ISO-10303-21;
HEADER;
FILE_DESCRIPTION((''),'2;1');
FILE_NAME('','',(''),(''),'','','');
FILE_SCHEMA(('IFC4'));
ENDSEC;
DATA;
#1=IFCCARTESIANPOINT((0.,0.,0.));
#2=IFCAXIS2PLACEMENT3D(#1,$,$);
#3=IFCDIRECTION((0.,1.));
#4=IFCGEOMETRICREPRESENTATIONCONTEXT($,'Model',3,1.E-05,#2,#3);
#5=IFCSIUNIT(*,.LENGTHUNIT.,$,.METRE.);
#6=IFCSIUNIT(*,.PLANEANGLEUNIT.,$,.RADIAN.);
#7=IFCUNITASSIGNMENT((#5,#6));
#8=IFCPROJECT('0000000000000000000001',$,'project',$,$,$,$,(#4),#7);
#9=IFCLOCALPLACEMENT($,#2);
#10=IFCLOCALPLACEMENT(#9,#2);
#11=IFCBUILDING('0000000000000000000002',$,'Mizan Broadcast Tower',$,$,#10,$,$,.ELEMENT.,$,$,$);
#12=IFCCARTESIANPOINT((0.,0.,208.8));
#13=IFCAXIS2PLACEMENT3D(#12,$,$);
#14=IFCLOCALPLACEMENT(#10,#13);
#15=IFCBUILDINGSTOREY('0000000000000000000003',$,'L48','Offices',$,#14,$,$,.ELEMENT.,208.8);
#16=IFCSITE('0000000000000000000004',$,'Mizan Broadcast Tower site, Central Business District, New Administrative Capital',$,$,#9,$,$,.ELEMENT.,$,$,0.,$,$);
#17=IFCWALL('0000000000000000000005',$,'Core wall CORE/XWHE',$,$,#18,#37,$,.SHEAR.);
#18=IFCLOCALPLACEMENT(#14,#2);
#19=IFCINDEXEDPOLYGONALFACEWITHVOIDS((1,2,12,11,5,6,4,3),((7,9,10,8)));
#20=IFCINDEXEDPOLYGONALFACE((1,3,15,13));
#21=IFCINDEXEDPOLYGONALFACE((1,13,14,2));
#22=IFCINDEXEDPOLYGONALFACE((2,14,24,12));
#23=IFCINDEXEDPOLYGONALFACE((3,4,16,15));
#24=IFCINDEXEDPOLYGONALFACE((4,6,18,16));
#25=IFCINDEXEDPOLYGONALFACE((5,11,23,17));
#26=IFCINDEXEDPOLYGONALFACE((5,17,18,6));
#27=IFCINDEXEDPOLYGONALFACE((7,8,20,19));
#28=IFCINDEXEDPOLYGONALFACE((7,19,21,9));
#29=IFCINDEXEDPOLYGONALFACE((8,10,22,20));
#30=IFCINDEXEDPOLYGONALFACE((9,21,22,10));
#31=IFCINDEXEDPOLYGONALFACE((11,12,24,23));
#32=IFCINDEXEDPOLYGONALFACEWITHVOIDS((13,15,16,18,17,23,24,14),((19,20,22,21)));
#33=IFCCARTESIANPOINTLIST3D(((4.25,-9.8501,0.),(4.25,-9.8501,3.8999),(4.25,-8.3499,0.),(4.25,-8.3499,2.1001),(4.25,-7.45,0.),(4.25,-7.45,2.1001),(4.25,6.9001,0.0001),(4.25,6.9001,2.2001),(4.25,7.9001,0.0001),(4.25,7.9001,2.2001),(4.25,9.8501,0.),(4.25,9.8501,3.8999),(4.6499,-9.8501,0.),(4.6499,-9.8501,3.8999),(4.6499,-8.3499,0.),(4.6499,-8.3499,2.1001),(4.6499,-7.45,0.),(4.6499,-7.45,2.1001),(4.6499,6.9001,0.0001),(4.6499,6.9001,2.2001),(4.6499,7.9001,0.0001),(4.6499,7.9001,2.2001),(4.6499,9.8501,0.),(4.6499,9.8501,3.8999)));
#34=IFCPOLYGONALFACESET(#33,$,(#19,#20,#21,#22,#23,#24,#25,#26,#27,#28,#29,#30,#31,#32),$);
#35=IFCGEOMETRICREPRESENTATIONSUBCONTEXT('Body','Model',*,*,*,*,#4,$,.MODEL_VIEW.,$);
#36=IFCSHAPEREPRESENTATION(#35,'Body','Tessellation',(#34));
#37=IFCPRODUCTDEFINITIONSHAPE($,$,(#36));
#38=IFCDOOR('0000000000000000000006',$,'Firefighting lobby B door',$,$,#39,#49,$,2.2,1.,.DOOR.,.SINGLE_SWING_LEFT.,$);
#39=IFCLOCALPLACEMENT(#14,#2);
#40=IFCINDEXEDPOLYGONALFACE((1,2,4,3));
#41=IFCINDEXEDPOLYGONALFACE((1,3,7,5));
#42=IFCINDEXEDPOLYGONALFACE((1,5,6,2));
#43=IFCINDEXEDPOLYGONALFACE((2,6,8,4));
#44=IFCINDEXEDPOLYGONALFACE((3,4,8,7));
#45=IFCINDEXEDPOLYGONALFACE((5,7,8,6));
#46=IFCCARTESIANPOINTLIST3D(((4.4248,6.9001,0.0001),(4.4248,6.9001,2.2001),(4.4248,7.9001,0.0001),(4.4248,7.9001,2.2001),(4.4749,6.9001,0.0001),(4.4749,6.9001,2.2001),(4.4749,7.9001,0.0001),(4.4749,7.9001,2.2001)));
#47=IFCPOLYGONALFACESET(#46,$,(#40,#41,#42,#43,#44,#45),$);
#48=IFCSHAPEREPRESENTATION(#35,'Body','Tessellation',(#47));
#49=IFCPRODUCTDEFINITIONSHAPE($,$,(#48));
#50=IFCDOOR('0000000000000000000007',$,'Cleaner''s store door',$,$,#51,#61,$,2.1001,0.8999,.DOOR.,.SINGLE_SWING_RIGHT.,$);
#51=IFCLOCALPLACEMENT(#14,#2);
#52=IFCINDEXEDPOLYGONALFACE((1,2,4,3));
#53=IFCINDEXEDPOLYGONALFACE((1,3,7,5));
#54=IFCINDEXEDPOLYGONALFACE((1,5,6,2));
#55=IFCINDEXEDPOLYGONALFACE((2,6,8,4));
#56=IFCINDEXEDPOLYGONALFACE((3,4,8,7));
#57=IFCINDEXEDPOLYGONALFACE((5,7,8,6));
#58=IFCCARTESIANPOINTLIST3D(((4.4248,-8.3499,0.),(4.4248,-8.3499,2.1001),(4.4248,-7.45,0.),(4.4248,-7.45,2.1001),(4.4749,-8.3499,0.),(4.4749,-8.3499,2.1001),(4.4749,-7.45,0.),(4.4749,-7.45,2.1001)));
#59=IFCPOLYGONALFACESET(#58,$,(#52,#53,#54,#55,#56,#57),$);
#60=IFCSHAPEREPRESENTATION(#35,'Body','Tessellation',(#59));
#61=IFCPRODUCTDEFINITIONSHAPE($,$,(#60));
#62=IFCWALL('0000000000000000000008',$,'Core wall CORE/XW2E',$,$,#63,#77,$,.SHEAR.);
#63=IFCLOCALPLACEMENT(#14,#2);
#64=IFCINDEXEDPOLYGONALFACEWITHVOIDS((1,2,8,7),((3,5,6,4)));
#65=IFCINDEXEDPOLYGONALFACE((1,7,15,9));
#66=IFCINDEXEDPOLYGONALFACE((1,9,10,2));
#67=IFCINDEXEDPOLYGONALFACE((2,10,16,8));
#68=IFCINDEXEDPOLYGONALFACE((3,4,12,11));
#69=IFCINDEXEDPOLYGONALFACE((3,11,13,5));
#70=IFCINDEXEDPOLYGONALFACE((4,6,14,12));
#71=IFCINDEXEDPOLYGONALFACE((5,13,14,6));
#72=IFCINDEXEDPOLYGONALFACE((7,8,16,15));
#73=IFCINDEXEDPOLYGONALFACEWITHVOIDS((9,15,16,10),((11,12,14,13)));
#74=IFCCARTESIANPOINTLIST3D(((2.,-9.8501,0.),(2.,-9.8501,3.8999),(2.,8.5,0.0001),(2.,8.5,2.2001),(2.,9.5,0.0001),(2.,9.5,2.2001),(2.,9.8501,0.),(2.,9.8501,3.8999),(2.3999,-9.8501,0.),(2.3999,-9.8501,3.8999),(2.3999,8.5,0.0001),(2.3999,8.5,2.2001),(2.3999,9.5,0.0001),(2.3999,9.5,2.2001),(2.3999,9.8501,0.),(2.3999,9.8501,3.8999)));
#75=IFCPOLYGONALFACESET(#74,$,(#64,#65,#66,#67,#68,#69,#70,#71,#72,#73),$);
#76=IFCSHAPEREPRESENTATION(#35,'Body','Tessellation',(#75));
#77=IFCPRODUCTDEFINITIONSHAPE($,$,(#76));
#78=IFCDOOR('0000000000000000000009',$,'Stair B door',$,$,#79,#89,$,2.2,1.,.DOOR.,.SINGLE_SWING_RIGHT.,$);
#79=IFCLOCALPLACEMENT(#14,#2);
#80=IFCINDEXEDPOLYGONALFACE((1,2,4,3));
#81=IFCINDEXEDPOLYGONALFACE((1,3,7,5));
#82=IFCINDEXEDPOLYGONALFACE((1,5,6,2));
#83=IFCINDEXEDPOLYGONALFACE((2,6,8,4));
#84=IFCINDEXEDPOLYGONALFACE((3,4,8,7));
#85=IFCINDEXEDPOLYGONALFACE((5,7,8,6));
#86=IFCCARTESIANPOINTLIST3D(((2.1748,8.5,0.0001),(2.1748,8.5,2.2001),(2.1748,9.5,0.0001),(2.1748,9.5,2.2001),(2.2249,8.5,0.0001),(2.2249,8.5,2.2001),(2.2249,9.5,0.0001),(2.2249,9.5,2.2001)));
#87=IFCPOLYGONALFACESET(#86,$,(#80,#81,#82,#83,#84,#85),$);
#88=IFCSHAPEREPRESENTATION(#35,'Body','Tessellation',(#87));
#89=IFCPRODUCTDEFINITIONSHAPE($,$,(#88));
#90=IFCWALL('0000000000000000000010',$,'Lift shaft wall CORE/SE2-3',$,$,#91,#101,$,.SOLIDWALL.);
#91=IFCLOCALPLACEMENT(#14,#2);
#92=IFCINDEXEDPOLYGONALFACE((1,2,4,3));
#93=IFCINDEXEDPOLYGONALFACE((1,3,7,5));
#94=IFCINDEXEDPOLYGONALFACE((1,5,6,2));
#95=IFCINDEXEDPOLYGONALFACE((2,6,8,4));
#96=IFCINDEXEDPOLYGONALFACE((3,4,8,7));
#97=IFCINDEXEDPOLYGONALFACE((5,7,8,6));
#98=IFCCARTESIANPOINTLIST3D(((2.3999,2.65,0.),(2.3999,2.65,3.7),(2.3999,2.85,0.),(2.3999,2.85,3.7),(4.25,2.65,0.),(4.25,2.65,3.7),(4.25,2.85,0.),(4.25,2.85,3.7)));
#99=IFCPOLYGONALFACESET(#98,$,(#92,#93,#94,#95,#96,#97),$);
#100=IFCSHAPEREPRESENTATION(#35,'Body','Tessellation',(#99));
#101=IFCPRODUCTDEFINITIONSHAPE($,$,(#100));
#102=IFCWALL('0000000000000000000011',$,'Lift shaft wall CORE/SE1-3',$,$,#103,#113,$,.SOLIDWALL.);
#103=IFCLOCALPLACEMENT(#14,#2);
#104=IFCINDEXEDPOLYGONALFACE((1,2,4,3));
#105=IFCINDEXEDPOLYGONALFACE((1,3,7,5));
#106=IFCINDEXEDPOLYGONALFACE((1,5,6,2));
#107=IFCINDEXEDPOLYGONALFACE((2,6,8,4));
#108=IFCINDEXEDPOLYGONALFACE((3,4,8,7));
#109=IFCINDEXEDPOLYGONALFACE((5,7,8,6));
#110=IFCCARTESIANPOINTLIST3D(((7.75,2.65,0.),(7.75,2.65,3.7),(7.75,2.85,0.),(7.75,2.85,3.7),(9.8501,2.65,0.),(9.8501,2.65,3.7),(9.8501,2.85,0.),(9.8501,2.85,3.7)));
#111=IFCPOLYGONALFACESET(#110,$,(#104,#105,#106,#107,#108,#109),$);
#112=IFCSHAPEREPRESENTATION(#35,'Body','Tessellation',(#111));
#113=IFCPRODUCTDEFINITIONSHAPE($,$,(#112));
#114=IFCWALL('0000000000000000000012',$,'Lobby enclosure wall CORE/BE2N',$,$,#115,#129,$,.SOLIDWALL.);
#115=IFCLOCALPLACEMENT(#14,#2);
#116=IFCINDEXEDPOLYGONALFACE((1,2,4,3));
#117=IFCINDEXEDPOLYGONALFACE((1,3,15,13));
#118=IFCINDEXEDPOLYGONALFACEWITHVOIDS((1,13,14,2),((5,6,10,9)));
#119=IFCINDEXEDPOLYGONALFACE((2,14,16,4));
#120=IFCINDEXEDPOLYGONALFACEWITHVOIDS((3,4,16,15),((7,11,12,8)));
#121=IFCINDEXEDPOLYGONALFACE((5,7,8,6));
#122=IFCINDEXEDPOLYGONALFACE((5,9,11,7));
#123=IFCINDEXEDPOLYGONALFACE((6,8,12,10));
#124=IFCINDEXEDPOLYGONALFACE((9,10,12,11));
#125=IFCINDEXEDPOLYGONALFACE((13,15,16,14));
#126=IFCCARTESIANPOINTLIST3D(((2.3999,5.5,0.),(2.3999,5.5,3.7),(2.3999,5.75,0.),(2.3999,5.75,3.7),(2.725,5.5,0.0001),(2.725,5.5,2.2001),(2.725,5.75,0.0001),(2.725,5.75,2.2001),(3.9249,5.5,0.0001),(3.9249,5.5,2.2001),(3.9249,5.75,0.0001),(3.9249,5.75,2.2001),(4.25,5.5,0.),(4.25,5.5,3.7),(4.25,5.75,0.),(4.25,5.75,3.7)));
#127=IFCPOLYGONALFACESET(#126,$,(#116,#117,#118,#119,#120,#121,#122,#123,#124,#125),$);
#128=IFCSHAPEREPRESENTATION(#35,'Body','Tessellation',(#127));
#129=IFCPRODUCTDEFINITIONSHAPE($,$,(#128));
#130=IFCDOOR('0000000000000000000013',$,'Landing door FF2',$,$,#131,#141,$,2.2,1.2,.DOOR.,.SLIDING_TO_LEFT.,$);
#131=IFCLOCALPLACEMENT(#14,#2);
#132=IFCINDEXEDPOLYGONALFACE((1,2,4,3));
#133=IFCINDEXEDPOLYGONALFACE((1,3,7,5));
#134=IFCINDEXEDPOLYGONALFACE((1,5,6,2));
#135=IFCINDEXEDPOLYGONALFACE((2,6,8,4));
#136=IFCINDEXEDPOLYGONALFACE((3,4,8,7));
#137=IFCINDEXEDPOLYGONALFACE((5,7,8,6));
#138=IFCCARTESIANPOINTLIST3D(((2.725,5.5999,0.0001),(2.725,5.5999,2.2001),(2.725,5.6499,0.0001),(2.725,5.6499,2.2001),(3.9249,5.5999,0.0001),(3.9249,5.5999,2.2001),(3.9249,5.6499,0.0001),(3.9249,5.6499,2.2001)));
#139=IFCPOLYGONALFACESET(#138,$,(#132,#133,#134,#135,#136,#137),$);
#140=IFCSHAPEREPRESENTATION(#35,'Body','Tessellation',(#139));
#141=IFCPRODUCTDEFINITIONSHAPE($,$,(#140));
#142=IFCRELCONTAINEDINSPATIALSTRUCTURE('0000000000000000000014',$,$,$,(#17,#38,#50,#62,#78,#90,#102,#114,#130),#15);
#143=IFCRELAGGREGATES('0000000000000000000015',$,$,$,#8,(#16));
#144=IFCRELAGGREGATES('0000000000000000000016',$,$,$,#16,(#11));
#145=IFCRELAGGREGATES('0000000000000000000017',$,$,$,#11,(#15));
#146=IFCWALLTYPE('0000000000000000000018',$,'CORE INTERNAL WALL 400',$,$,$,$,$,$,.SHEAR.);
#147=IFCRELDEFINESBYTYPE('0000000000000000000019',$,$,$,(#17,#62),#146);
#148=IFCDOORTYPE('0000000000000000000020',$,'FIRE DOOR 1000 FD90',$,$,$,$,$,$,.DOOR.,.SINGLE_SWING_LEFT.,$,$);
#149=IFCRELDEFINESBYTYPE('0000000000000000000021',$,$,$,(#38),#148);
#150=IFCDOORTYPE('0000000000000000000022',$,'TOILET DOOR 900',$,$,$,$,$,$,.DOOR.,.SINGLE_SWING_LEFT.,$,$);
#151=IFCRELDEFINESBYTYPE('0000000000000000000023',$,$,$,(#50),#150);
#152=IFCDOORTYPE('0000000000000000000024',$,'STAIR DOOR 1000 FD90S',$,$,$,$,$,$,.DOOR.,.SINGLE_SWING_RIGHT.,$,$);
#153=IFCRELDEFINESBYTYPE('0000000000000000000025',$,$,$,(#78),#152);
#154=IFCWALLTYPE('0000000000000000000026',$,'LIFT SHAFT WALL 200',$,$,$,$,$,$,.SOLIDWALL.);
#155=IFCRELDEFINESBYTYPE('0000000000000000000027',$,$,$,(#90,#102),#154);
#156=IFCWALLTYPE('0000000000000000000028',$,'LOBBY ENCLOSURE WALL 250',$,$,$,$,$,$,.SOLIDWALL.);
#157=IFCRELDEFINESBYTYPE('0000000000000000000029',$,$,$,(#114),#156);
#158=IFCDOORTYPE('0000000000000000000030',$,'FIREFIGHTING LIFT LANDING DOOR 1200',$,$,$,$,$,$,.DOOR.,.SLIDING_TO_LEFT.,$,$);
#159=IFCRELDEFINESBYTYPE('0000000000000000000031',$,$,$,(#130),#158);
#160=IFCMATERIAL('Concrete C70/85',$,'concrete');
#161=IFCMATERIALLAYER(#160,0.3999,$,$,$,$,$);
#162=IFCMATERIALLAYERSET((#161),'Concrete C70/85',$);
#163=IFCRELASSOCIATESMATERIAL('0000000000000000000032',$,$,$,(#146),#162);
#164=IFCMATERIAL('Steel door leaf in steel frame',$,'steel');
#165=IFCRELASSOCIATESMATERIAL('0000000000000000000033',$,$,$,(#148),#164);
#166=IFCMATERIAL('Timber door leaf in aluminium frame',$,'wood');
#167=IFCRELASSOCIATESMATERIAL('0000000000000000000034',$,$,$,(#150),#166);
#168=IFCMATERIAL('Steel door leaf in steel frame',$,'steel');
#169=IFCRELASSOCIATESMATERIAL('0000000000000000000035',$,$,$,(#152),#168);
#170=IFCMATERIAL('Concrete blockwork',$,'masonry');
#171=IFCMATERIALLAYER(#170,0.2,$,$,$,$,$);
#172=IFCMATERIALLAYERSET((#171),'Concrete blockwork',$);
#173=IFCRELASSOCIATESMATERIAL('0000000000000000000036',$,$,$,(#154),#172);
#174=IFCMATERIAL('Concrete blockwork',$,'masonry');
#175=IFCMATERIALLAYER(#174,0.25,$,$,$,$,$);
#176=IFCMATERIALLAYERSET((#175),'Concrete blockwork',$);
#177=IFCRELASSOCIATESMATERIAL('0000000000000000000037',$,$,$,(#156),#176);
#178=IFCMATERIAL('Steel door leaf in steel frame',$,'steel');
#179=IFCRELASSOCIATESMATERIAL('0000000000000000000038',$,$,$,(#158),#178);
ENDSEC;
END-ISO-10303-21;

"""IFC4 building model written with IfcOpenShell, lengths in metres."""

from ifc_helpers import new_model, si_unit, direction, frame, frame_2d, origin, place, context, subcontext, project, spatial, rectangle, extrude, material, layer, layer_set, type_object, element, fill, save


model = new_model("IFC4")

# Units and contexts
model_context = context("Model", 3, precision=1e-05, world=origin(), true_north=direction((0.0, 1.0)))
body_context = subcontext(model_context, "Body", "Model", "MODEL_VIEW")
ifc_project = project(units=[si_unit("LENGTHUNIT", "METRE"), si_unit("PLANEANGLEUNIT", "RADIAN")], contexts=[model_context])

# Site, building, storey
site_placement = place(None, origin())
site = spatial("IfcSite", under=ifc_project, at=site_placement, Name="Mizan Broadcast Tower site, Central Business District, New Administrative Capital", CompositionType="ELEMENT", RefElevation=0.0)
building_placement = place(site_placement, origin())
building = spatial("IfcBuilding", under=site, at=building_placement, Name="Mizan Broadcast Tower", CompositionType="ELEMENT")
storey_placement = place(building_placement, frame((0.0, 0.0, 208.8)))
storey = spatial("IfcBuildingStorey", under=building, at=storey_placement, Name="L48", Description="Offices", CompositionType="ELEMENT", Elevation=208.8)

# Wall, openings, doors
ifc_material_1 = material(Name="Concrete C70/85", Category="concrete")
ifc_layer_1 = layer(ifc_material_1, 0.3999)
ifc_layer_set_1 = layer_set([ifc_layer_1], Name="Concrete C70/85")
wall_type_1 = type_object("IfcWallType", Name="CORE INTERNAL WALL 400", PredefinedType="SHEAR", material=ifc_layer_set_1)
wall_1_placement = place(storey_placement, frame((4.45, 9.8501, 0.0), z_axis=(0.0, 0.0, 1.0), x_axis=(0.0, -1.0, 0.0)))
wall_1 = element("IfcWall", 1, at=wall_1_placement, inside=storey, type_object=wall_type_1, Name="Core wall CORE/XWHE", PredefinedType="SHEAR", context=body_context, shape_type="SweptSolid", body=[
    extrude(rectangle(XDim=19.7002, YDim=0.3999, at=frame_2d((9.8501, 0.0))), origin(), (0.0, 0.0, 1.0), 3.8999),
])
opening_1_placement = place(wall_1_placement, frame((1.95, 0.0, 0.0)))
opening_1 = element("IfcOpeningElement", 2, at=opening_1_placement, cuts=wall_1, PredefinedType="OPENING", context=body_context, shape_type="SweptSolid", body=[
    extrude(rectangle(XDim=1.0, YDim=2.2, at=frame_2d((0.5, 1.1001))), frame((0.0, 0.21, 0.0), z_axis=(0.0, -1.0, 0.0), x_axis=(1.0, 0.0, 0.0)), (0.0, 0.0, 1.0), 0.4199),
])
opening_2_placement = place(wall_1_placement, frame((17.3, 0.0, 0.0)))
opening_2 = element("IfcOpeningElement", 3, at=opening_2_placement, cuts=wall_1, PredefinedType="OPENING", context=body_context, shape_type="SweptSolid", body=[
    extrude(rectangle(XDim=0.8999, YDim=2.1001, at=frame_2d((0.45, 1.05))), frame((0.0, 0.21, 0.0), z_axis=(0.0, -1.0, 0.0), x_axis=(1.0, 0.0, 0.0)), (0.0, 0.0, 1.0), 0.4199),
])
ifc_material_2 = material(Name="Steel door leaf in steel frame", Category="steel")
door_type_1 = type_object("IfcDoorType", Name="FIRE DOOR 1000 FD90", OperationType="SINGLE_SWING_LEFT", PredefinedType="DOOR", material=ifc_material_2)
door_1_placement = place(opening_1_placement, origin())
door_1 = element("IfcDoor", 4, at=door_1_placement, inside=storey, type_object=door_type_1, Name="Firefighting lobby B door", OperationType="SINGLE_SWING_LEFT", OverallHeight=2.2, OverallWidth=1.0, PredefinedType="DOOR", context=body_context, shape_type="SweptSolid", body=[
    extrude(rectangle(XDim=1.0, YDim=2.2, at=frame_2d((0.5, 1.1001))), frame((0.0, 0.0249, 0.0), z_axis=(0.0, -1.0, 0.0), x_axis=(1.0, 0.0, 0.0)), (0.0, 0.0, 1.0), 0.05),
])
fill(opening_1, door_1)
ifc_material_3 = material(Name="Timber door leaf in aluminium frame", Category="wood")
door_type_2 = type_object("IfcDoorType", Name="TOILET DOOR 900", OperationType="SINGLE_SWING_LEFT", PredefinedType="DOOR", material=ifc_material_3)
door_2_placement = place(opening_2_placement, origin())
door_2 = element("IfcDoor", 5, at=door_2_placement, inside=storey, type_object=door_type_2, Name="Cleaner's store door", OperationType="SINGLE_SWING_RIGHT", OverallHeight=2.1001, OverallWidth=0.8999, PredefinedType="DOOR", context=body_context, shape_type="SweptSolid", body=[
    extrude(rectangle(XDim=0.8999, YDim=2.1001, at=frame_2d((0.45, 1.05))), frame((0.0, 0.0249, 0.0), z_axis=(0.0, -1.0, 0.0), x_axis=(1.0, 0.0, 0.0)), (0.0, 0.0, 1.0), 0.05),
])
fill(opening_2, door_2)

# Wall, opening, door
wall_2_placement = place(storey_placement, frame((2.2, 9.8501, 0.0), z_axis=(0.0, 0.0, 1.0), x_axis=(0.0, -1.0, 0.0)))
wall_2 = element("IfcWall", 6, at=wall_2_placement, inside=storey, type_object=wall_type_1, Name="Core wall CORE/XW2E", PredefinedType="SHEAR", context=body_context, shape_type="SweptSolid", body=[
    extrude(rectangle(XDim=19.7002, YDim=0.3999, at=frame_2d((9.8501, 0.0))), origin(), (0.0, 0.0, 1.0), 3.8999),
])
opening_3_placement = place(wall_2_placement, frame((0.3501, 0.0, 0.0)))
opening_3 = element("IfcOpeningElement", 7, at=opening_3_placement, cuts=wall_2, PredefinedType="OPENING", context=body_context, shape_type="SweptSolid", body=[
    extrude(rectangle(XDim=1.0, YDim=2.2, at=frame_2d((0.5, 1.1001))), frame((0.0, 0.21, 0.0), z_axis=(0.0, -1.0, 0.0), x_axis=(1.0, 0.0, 0.0)), (0.0, 0.0, 1.0), 0.4199),
])
ifc_material_4 = material(Name="Steel door leaf in steel frame", Category="steel")
door_type_3 = type_object("IfcDoorType", Name="STAIR DOOR 1000 FD90S", OperationType="SINGLE_SWING_RIGHT", PredefinedType="DOOR", material=ifc_material_4)
door_3_placement = place(opening_3_placement, origin())
door_3 = element("IfcDoor", 8, at=door_3_placement, inside=storey, type_object=door_type_3, Name="Stair B door", OperationType="SINGLE_SWING_RIGHT", OverallHeight=2.2, OverallWidth=1.0, PredefinedType="DOOR", context=body_context, shape_type="SweptSolid", body=[
    extrude(rectangle(XDim=1.0, YDim=2.2, at=frame_2d((0.5, 1.1001))), frame((0.0, 0.0249, 0.0), z_axis=(0.0, -1.0, 0.0), x_axis=(1.0, 0.0, 0.0)), (0.0, 0.0, 1.0), 0.05),
])
fill(opening_3, door_3)

# Walls
ifc_material_5 = material(Name="Concrete blockwork", Category="masonry")
ifc_layer_2 = layer(ifc_material_5, 0.2)
ifc_layer_set_2 = layer_set([ifc_layer_2], Name="Concrete blockwork")
wall_type_2 = type_object("IfcWallType", Name="LIFT SHAFT WALL 200", PredefinedType="SOLIDWALL", material=ifc_layer_set_2)
wall_3_placement = place(storey_placement, frame((2.3999, 2.75, 0.0), z_axis=(0.0, 0.0, 1.0), x_axis=(1.0, 0.0, 0.0)))
element("IfcWall", 9, at=wall_3_placement, inside=storey, type_object=wall_type_2, Name="Lift shaft wall CORE/SE2-3", PredefinedType="SOLIDWALL", context=body_context, shape_type="SweptSolid", body=[
    extrude(rectangle(XDim=1.8501, YDim=0.2, at=frame_2d((0.925, 0.0))), origin(), (0.0, 0.0, 1.0), 3.7),
])
wall_4_placement = place(storey_placement, frame((7.75, 2.75, 0.0), z_axis=(0.0, 0.0, 1.0), x_axis=(1.0, 0.0, 0.0)))
element("IfcWall", 10, at=wall_4_placement, inside=storey, type_object=wall_type_2, Name="Lift shaft wall CORE/SE1-3", PredefinedType="SOLIDWALL", context=body_context, shape_type="SweptSolid", body=[
    extrude(rectangle(XDim=2.1001, YDim=0.2, at=frame_2d((1.05, 0.0))), origin(), (0.0, 0.0, 1.0), 3.7),
])

# Wall, opening, door
ifc_material_6 = material(Name="Concrete blockwork", Category="masonry")
ifc_layer_3 = layer(ifc_material_6, 0.25)
ifc_layer_set_3 = layer_set([ifc_layer_3], Name="Concrete blockwork")
wall_type_3 = type_object("IfcWallType", Name="LOBBY ENCLOSURE WALL 250", PredefinedType="SOLIDWALL", material=ifc_layer_set_3)
wall_5_placement = place(storey_placement, frame((2.3999, 5.625, 0.0), z_axis=(0.0, 0.0, 1.0), x_axis=(1.0, 0.0, 0.0)))
wall_5 = element("IfcWall", 11, at=wall_5_placement, inside=storey, type_object=wall_type_3, Name="Lobby enclosure wall CORE/BE2N", PredefinedType="SOLIDWALL", context=body_context, shape_type="SweptSolid", body=[
    extrude(rectangle(XDim=1.8501, YDim=0.25, at=frame_2d((0.925, 0.0))), origin(), (0.0, 0.0, 1.0), 3.7),
])
opening_4_placement = place(wall_5_placement, frame((0.325, 0.0, 0.0)))
opening_4 = element("IfcOpeningElement", 12, at=opening_4_placement, cuts=wall_5, PredefinedType="OPENING", context=body_context, shape_type="SweptSolid", body=[
    extrude(rectangle(XDim=1.2, YDim=2.2, at=frame_2d((0.6001, 1.1001))), frame((0.0, 0.135, 0.0), z_axis=(0.0, -1.0, 0.0), x_axis=(1.0, 0.0, 0.0)), (0.0, 0.0, 1.0), 0.27),
])
ifc_material_7 = material(Name="Steel door leaf in steel frame", Category="steel")
door_type_4 = type_object("IfcDoorType", Name="FIREFIGHTING LIFT LANDING DOOR 1200", OperationType="SLIDING_TO_LEFT", PredefinedType="DOOR", material=ifc_material_7)
door_4_placement = place(opening_4_placement, origin())
door_4 = element("IfcDoor", 13, at=door_4_placement, inside=storey, type_object=door_type_4, Name="Landing door FF2", OperationType="SLIDING_TO_LEFT", OverallHeight=2.2, OverallWidth=1.2, PredefinedType="DOOR", context=body_context, shape_type="SweptSolid", body=[
    extrude(rectangle(XDim=1.2, YDim=2.2, at=frame_2d((0.6001, 1.1001))), frame((0.0, 0.0249, 0.0), z_axis=(0.0, -1.0, 0.0), x_axis=(1.0, 0.0, 0.0)), (0.0, 0.0, 1.0), 0.05),
])
fill(opening_4, door_4)

save(model, "model.ifc")
